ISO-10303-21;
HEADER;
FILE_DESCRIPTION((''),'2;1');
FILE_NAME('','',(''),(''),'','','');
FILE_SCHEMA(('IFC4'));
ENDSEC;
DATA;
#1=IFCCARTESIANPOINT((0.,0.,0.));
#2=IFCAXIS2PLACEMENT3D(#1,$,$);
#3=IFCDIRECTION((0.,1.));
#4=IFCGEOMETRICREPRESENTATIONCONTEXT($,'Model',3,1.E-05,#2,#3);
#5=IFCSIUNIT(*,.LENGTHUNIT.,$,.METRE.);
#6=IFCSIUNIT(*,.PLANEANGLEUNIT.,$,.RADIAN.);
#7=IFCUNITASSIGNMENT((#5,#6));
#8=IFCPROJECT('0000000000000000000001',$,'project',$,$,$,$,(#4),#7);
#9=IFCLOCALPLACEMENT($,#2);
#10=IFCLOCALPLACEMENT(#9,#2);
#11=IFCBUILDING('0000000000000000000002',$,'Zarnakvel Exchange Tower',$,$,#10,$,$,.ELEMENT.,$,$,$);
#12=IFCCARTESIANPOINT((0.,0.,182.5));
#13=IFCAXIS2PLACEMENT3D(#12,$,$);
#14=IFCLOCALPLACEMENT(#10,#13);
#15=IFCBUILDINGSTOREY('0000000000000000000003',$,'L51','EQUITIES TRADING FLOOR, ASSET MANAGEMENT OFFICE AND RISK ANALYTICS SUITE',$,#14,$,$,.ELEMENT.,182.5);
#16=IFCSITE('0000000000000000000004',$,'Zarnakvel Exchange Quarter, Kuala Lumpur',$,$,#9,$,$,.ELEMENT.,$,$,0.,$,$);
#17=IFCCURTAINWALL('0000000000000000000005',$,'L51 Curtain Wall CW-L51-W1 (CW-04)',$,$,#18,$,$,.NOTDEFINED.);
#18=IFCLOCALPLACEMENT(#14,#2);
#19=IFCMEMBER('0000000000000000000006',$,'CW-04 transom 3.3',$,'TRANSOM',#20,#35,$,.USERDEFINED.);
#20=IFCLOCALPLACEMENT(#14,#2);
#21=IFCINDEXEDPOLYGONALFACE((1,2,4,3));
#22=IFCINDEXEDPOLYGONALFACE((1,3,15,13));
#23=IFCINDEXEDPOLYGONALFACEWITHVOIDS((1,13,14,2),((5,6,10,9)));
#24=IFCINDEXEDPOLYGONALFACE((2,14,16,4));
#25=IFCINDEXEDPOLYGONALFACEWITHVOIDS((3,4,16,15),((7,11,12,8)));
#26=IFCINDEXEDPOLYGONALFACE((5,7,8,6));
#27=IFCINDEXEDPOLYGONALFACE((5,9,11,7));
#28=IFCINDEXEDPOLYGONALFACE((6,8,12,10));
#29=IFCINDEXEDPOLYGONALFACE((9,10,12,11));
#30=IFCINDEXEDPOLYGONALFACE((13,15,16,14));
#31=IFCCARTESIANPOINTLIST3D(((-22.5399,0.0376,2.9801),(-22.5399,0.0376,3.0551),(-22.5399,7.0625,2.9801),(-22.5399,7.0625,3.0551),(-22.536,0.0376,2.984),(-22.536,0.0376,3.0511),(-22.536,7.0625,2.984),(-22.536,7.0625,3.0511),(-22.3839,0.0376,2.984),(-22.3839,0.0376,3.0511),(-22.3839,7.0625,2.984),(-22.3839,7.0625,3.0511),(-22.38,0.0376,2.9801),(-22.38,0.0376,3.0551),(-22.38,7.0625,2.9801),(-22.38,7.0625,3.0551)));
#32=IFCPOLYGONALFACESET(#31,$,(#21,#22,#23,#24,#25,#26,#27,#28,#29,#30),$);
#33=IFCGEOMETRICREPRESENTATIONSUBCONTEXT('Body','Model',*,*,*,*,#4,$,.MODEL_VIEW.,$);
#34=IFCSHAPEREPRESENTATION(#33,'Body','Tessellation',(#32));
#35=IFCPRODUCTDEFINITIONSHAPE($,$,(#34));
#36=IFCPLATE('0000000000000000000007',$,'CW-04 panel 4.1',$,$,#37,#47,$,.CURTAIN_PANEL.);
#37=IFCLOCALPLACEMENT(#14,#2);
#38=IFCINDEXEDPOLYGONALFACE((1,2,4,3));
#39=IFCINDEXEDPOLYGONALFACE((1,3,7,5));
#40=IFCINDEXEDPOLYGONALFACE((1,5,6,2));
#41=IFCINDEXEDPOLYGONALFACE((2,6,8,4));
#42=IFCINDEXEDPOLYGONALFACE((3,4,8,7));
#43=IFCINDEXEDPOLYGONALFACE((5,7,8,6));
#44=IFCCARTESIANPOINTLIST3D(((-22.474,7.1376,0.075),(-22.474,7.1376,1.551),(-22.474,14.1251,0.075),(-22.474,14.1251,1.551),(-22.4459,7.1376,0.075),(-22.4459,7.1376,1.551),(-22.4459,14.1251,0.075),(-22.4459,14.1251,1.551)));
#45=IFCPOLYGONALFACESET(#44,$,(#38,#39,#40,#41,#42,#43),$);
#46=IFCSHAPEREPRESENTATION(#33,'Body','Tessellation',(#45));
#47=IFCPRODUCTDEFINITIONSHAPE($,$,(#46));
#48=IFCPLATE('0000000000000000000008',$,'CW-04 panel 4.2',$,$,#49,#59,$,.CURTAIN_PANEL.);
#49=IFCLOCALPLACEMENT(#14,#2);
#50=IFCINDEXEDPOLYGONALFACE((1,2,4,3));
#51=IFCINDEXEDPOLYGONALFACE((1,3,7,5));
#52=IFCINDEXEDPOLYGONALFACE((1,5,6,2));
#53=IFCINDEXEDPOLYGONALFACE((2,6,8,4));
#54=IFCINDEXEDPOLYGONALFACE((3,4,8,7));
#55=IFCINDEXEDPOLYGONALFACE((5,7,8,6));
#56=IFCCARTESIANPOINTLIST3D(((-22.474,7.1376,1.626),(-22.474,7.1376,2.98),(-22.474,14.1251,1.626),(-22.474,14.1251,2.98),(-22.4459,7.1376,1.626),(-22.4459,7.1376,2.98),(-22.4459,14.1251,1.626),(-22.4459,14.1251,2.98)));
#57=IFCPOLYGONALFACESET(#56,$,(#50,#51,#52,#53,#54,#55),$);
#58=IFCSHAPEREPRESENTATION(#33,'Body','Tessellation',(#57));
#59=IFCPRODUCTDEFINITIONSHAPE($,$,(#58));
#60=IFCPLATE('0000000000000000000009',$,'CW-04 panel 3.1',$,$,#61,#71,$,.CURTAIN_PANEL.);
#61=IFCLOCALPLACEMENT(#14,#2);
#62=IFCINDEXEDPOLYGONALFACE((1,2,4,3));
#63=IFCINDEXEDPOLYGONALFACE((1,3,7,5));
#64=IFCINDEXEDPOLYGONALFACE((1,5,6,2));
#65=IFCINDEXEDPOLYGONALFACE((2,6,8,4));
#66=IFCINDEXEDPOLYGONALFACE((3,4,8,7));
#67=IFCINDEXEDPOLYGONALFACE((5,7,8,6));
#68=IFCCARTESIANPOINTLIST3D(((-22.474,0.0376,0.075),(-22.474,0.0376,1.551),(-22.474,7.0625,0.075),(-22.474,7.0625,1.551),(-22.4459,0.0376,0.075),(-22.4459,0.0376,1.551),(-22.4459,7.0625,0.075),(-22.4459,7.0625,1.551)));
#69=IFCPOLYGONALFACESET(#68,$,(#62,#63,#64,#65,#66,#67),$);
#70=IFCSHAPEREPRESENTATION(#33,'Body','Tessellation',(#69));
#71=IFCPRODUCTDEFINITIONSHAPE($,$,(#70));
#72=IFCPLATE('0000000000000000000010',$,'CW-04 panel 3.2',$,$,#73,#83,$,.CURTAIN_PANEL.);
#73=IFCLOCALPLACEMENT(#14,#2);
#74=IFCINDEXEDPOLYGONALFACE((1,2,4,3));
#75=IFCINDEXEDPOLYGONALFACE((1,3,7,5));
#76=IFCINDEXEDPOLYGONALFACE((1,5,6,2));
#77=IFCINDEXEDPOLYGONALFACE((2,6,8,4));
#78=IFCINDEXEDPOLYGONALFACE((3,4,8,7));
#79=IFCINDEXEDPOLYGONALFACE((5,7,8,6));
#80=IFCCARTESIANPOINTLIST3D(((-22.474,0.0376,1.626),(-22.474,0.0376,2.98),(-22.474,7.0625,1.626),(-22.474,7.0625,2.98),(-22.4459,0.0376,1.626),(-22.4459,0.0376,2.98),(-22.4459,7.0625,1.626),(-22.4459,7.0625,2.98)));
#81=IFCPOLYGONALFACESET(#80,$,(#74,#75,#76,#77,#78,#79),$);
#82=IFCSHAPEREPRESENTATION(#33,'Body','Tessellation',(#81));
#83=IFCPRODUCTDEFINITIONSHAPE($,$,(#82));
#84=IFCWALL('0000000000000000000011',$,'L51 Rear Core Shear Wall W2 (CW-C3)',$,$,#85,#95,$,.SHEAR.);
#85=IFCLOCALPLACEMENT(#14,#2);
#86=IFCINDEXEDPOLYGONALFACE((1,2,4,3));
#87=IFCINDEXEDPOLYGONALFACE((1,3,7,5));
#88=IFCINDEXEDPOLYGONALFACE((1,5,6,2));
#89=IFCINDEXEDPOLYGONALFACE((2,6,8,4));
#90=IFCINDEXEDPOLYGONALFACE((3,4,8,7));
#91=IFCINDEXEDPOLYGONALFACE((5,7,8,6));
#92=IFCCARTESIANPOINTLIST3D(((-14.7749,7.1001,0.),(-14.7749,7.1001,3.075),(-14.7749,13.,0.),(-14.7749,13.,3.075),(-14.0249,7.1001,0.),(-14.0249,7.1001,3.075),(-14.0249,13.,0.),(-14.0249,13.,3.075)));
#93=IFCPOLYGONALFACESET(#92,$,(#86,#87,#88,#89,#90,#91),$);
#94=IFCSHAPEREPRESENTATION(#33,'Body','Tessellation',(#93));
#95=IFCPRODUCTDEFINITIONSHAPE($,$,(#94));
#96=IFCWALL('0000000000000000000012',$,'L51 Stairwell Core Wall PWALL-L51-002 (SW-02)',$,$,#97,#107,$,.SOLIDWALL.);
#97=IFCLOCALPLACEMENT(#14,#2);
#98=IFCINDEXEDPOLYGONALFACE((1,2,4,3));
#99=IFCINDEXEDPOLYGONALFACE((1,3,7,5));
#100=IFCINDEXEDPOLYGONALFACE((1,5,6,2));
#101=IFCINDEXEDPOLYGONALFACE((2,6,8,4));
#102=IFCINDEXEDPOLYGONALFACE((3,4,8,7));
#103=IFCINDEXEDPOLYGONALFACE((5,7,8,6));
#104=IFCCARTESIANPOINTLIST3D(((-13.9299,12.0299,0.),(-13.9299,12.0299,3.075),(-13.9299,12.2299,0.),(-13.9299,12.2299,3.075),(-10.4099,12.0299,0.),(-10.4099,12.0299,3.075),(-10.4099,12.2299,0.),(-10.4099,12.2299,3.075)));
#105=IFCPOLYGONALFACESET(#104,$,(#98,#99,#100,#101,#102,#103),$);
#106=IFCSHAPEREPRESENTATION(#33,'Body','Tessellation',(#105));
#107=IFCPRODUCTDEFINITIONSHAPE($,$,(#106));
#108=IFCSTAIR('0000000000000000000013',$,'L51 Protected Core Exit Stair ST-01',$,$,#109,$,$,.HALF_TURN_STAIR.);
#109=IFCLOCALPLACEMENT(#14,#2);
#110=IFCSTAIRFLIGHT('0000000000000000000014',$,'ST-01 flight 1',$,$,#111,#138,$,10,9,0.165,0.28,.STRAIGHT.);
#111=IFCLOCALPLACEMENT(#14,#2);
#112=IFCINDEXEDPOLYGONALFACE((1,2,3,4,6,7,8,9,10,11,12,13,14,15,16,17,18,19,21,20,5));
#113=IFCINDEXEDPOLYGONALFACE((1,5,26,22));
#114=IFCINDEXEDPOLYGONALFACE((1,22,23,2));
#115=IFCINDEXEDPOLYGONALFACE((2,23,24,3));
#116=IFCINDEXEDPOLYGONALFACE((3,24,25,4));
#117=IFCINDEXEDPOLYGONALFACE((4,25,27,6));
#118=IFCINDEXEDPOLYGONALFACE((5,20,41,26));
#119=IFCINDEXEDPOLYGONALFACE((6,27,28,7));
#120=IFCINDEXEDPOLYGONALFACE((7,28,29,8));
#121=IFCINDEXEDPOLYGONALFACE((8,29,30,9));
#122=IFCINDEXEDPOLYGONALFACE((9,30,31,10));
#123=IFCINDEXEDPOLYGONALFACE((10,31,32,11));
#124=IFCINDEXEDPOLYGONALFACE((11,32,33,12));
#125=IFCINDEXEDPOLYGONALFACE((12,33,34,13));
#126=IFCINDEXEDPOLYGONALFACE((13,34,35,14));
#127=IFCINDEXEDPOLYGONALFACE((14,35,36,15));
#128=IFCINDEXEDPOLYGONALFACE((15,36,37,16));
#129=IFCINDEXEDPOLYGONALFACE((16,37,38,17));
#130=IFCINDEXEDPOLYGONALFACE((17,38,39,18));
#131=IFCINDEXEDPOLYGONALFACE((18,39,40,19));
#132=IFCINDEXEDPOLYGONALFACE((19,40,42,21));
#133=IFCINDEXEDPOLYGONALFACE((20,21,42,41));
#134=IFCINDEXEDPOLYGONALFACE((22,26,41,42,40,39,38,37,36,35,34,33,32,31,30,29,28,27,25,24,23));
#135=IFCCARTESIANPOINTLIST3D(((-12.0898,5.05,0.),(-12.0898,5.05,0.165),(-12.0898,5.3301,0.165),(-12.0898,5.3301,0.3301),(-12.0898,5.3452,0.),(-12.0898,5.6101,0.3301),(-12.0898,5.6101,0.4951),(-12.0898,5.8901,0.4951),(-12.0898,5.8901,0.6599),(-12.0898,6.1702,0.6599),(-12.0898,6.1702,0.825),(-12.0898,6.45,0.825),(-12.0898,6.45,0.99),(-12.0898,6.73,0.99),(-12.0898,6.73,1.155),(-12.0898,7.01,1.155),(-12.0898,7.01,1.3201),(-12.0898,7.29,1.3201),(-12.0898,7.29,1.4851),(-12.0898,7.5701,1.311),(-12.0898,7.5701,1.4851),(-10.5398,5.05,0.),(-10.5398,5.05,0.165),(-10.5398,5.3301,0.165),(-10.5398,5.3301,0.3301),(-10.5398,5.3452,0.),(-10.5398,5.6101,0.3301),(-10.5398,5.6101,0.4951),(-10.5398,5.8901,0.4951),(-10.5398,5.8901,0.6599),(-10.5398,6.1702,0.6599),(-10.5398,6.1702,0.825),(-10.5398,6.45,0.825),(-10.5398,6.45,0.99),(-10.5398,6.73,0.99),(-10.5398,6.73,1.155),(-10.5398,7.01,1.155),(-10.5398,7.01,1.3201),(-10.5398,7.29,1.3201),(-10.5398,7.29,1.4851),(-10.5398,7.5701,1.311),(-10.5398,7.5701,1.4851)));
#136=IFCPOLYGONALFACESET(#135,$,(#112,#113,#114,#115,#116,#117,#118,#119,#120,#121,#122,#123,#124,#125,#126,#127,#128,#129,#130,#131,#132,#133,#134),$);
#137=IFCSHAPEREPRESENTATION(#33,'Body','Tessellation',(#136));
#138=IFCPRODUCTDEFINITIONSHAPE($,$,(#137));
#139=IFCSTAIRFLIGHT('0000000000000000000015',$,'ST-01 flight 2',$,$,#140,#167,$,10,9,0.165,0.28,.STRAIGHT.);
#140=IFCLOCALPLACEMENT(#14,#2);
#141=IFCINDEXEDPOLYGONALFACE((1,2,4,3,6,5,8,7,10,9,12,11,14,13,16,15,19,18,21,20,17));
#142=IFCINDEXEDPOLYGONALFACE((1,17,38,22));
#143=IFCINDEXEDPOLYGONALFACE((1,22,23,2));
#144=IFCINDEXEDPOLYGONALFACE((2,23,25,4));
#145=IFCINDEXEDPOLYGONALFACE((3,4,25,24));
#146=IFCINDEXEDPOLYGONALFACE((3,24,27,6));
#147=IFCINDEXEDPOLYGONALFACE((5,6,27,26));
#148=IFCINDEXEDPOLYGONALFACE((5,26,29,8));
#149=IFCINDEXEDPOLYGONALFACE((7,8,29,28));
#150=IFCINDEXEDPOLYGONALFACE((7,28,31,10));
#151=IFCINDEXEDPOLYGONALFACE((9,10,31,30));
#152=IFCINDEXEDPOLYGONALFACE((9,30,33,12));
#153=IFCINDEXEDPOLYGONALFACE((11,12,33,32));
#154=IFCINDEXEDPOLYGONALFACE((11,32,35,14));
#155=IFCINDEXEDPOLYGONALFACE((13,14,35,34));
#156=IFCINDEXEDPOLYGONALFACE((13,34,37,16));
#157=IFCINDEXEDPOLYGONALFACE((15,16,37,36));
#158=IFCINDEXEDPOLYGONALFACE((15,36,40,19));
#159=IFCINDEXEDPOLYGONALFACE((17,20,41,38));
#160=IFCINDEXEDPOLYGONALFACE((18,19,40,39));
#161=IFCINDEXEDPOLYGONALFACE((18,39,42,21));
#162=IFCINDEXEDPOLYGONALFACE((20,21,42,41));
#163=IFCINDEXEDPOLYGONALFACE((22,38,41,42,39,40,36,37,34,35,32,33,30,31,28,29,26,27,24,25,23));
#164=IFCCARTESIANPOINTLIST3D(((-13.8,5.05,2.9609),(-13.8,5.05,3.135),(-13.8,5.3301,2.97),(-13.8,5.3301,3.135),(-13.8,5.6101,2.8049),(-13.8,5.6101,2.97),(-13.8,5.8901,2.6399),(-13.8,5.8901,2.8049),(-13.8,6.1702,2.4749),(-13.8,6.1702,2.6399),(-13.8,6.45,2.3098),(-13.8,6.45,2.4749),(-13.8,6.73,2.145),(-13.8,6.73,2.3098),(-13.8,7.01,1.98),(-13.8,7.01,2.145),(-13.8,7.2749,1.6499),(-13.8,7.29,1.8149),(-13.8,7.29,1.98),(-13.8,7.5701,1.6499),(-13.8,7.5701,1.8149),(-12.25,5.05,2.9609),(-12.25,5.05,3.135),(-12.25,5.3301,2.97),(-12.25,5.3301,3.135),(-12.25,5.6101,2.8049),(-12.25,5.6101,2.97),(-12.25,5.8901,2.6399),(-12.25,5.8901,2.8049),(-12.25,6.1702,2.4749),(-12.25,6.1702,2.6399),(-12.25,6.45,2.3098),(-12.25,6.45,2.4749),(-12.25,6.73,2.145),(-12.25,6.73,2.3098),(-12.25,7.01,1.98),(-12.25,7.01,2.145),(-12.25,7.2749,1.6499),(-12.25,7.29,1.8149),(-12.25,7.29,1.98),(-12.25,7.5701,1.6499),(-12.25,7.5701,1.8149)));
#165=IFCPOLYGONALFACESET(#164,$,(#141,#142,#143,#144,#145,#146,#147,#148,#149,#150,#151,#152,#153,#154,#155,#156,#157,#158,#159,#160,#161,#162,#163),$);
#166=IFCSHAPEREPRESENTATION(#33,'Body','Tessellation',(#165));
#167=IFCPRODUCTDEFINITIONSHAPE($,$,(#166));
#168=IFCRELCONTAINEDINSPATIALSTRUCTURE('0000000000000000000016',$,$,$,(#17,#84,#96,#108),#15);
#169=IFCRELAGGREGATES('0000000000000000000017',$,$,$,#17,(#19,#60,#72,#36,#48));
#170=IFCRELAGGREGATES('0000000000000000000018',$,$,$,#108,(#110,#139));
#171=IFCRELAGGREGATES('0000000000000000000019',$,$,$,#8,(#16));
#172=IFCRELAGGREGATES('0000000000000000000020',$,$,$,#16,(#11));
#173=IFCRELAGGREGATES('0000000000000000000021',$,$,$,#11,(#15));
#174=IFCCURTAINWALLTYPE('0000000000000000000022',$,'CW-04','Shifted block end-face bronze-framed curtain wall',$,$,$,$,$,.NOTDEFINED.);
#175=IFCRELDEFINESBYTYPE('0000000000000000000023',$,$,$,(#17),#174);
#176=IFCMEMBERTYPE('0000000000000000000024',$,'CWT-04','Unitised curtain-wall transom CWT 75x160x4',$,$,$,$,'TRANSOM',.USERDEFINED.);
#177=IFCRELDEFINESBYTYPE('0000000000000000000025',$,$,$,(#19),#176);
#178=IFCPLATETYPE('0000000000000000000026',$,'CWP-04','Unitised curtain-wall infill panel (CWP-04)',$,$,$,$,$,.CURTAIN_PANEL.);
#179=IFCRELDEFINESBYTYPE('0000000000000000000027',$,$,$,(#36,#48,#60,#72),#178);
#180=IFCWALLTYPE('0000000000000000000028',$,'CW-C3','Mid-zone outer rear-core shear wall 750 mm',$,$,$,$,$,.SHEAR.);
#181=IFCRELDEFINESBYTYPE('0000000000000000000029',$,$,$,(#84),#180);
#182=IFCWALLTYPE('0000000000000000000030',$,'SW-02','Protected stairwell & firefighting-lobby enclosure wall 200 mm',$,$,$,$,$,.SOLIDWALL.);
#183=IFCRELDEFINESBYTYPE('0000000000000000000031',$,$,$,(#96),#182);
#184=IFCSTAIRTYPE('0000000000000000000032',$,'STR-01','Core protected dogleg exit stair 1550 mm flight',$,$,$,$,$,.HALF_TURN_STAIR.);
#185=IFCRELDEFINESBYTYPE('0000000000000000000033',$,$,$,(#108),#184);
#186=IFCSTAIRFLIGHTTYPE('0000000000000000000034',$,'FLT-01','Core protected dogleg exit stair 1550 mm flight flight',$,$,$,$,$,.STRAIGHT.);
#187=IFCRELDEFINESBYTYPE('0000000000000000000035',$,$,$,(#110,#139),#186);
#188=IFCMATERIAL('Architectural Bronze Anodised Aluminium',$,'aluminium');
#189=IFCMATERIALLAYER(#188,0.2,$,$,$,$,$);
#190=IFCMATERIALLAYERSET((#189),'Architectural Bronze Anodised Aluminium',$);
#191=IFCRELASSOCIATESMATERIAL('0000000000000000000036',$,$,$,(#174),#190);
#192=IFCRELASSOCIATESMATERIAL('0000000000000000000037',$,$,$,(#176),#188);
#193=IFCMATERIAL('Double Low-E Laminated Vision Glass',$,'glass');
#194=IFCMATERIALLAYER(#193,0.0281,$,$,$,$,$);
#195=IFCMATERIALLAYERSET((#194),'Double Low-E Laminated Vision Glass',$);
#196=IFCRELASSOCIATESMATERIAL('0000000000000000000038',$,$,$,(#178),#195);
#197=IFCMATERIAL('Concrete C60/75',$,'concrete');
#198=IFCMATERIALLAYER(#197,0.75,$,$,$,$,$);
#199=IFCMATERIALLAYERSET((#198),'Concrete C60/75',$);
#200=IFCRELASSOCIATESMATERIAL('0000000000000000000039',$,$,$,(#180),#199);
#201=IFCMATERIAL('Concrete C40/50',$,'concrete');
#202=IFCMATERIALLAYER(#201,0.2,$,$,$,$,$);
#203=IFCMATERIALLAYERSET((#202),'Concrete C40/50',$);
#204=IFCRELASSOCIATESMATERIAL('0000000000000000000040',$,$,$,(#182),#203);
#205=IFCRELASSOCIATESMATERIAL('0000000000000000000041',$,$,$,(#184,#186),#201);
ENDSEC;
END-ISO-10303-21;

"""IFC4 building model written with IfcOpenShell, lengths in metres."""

from ifc_helpers import new_model, si_unit, direction, frame, frame_2d, origin, origin_2d, place, context, subcontext, project, spatial, polyline, rectangle, hollow_rectangle, outline, extrude, source, transform, mapped, material, layer, layer_set, material_profile, profile_set, type_object, element, aggregate, save


model = new_model("IFC4")

# Units and contexts
model_context = context("Model", 3, precision=1e-05, world=origin(), true_north=direction((0.0, 1.0)))
body_context = subcontext(model_context, "Body", "Model", "MODEL_VIEW")
ifc_project = project(units=[si_unit("LENGTHUNIT", "METRE"), si_unit("PLANEANGLEUNIT", "RADIAN")], contexts=[model_context])

# Site, building, storey
site_placement = place(None, origin())
site = spatial("IfcSite", under=ifc_project, at=site_placement, Name="Zarnakvel Exchange Quarter, Kuala Lumpur", CompositionType="ELEMENT", RefElevation=0.0)
building_placement = place(site_placement, origin())
building = spatial("IfcBuilding", under=site, at=building_placement, Name="Zarnakvel Exchange Tower", CompositionType="ELEMENT")
storey_placement = place(building_placement, frame((0.0, 0.0, 182.5)))
storey = spatial("IfcBuildingStorey", under=building, at=storey_placement, Name="L51", Description="EQUITIES TRADING FLOOR, ASSET MANAGEMENT OFFICE AND RISK ANALYTICS SUITE", CompositionType="ELEMENT", Elevation=182.5)

# Shared definitions
ifc_material_1 = material(Name="Concrete C60/75", Category="concrete")

# Curtain wall, member, plates
ifc_material_2 = material(Name="Architectural Bronze Anodised Aluminium", Category="aluminium")
ifc_layer_1 = layer(ifc_material_2, 0.2)
ifc_layer_set_1 = layer_set([ifc_layer_1], Name="Architectural Bronze Anodised Aluminium")
curtain_wall_type = type_object("IfcCurtainWallType", Name="CW-04", Description="Shifted block end-face bronze-framed curtain wall", PredefinedType="NOTDEFINED", material=ifc_layer_set_1)
curtain_wall_placement = place(storey_placement, origin())
curtain_wall = element("IfcCurtainWall", 1, at=curtain_wall_placement, inside=storey, type_object=curtain_wall_type, Name="L51 Curtain Wall CW-L51-W1 (CW-04)", PredefinedType="NOTDEFINED")
ifc_material_profile_1 = material_profile(ifc_material_2, hollow_rectangle(XDim=0.1599, YDim=0.075, WallThickness=0.0039, at=origin_2d()))
ifc_profile_set_1 = profile_set([ifc_material_profile_1], Name="Architectural Bronze Anodised Aluminium")
member_type_1 = type_object("IfcMemberType", Name="CWT-04", Description="Unitised curtain-wall transom CWT 75x160x4", ElementType="TRANSOM", PredefinedType="USERDEFINED", material=ifc_profile_set_1)
shared_shape_1 = source(origin(), body_context, "Body", "SweptSolid", [
    extrude(hollow_rectangle(XDim=0.1599, YDim=0.075, WallThickness=0.0039, at=origin_2d()), origin(), (0.0, 0.0, 1.0), 7.0249),
])
member_1_placement = place(storey_placement, frame((-22.46, 0.0376, 3.0176), z_axis=(0.0, 1.0, 0.0), x_axis=(-1.0, 0.0, 0.0)))
member_1 = element("IfcMember", 2, at=member_1_placement, type_object=member_type_1, Name="CW-04 transom 3.3", ObjectType="TRANSOM", PredefinedType="USERDEFINED", context=body_context, shape_type="MappedRepresentation", body=[
    mapped(shared_shape_1, transform((0.0, 0.0, 0.0), x_axis=(1.0, 0.0, 0.0), y_axis=(0.0, 1.0, 0.0), z_axis=(0.0, 0.0, 1.0), scale=1.0)),
])
ifc_material_3 = material(Name="Double Low-E Laminated Vision Glass", Category="glass")
ifc_layer_2 = layer(ifc_material_3, 0.0281)
ifc_layer_set_2 = layer_set([ifc_layer_2], Name="Double Low-E Laminated Vision Glass")
plate_type = type_object("IfcPlateType", Name="CWP-04", Description="Unitised curtain-wall infill panel (CWP-04)", PredefinedType="CURTAIN_PANEL", material=ifc_layer_set_2)
shared_shape_2 = source(origin(), body_context, "Body", "SweptSolid", [
    extrude(rectangle(XDim=6.9875, YDim=0.0281, at=origin_2d()), origin(), (0.0, 0.0, 1.0), 1.4761),
])
plate_1_placement = place(storey_placement, frame((-22.46, 10.6313, 0.075), z_axis=(0.0, 0.0, 1.0), x_axis=(0.0, 1.0, 0.0)))
plate_1 = element("IfcPlate", 3, at=plate_1_placement, type_object=plate_type, Name="CW-04 panel 4.1", PredefinedType="CURTAIN_PANEL", context=body_context, shape_type="MappedRepresentation", body=[
    mapped(shared_shape_2, transform((0.0, 0.0, 0.0), x_axis=(1.0, 0.0, 0.0), y_axis=(0.0, 1.0, 0.0), z_axis=(0.0, 0.0, 1.0), scale=1.0)),
])
shared_shape_3 = source(origin(), body_context, "Body", "SweptSolid", [
    extrude(rectangle(XDim=6.9875, YDim=0.0281, at=origin_2d()), origin(), (0.0, 0.0, 1.0), 1.354),
])
plate_2_placement = place(storey_placement, frame((-22.46, 10.6313, 1.626), z_axis=(0.0, 0.0, 1.0), x_axis=(0.0, 1.0, 0.0)))
plate_2 = element("IfcPlate", 4, at=plate_2_placement, type_object=plate_type, Name="CW-04 panel 4.2", PredefinedType="CURTAIN_PANEL", context=body_context, shape_type="MappedRepresentation", body=[
    mapped(shared_shape_3, transform((0.0, 0.0, 0.0), x_axis=(1.0, 0.0, 0.0), y_axis=(0.0, 1.0, 0.0), z_axis=(0.0, 0.0, 1.0), scale=1.0)),
])
shared_shape_4 = source(origin(), body_context, "Body", "SweptSolid", [
    extrude(rectangle(XDim=7.0249, YDim=0.0281, at=origin_2d()), origin(), (0.0, 0.0, 1.0), 1.4761),
])
plate_3_placement = place(storey_placement, frame((-22.46, 3.55, 0.075), z_axis=(0.0, 0.0, 1.0), x_axis=(0.0, 1.0, 0.0)))
plate_3 = element("IfcPlate", 5, at=plate_3_placement, type_object=plate_type, Name="CW-04 panel 3.1", PredefinedType="CURTAIN_PANEL", context=body_context, shape_type="MappedRepresentation", body=[
    mapped(shared_shape_4, transform((0.0, 0.0, 0.0), x_axis=(1.0, 0.0, 0.0), y_axis=(0.0, 1.0, 0.0), z_axis=(0.0, 0.0, 1.0), scale=1.0)),
])
shared_shape_5 = source(origin(), body_context, "Body", "SweptSolid", [
    extrude(rectangle(XDim=7.0249, YDim=0.0281, at=origin_2d()), origin(), (0.0, 0.0, 1.0), 1.354),
])
plate_4_placement = place(storey_placement, frame((-22.46, 3.55, 1.626), z_axis=(0.0, 0.0, 1.0), x_axis=(0.0, 1.0, 0.0)))
plate_4 = element("IfcPlate", 6, at=plate_4_placement, type_object=plate_type, Name="CW-04 panel 3.2", PredefinedType="CURTAIN_PANEL", context=body_context, shape_type="MappedRepresentation", body=[
    mapped(shared_shape_5, transform((0.0, 0.0, 0.0), x_axis=(1.0, 0.0, 0.0), y_axis=(0.0, 1.0, 0.0), z_axis=(0.0, 0.0, 1.0), scale=1.0)),
])
aggregate(curtain_wall, [member_1, plate_3, plate_4, plate_1, plate_2])

# Walls
ifc_layer_3 = layer(ifc_material_1, 0.75)
ifc_layer_set_3 = layer_set([ifc_layer_3], Name="Concrete C60/75")
wall_type_1 = type_object("IfcWallType", Name="CW-C3", Description="Mid-zone outer rear-core shear wall 750 mm", PredefinedType="SHEAR", material=ifc_layer_set_3)
wall_1_placement = place(storey_placement, frame((-14.3999, 7.1001, 0.0), z_axis=(0.0, 0.0, 1.0), x_axis=(0.0, 1.0, 0.0)))
element("IfcWall", 7, at=wall_1_placement, inside=storey, type_object=wall_type_1, Name="L51 Rear Core Shear Wall W2 (CW-C3)", PredefinedType="SHEAR", context=body_context, shape_type="SweptSolid", body=[
    extrude(rectangle(XDim=5.8999, YDim=0.75, at=frame_2d((2.95, 0.0))), origin(), (0.0, 0.0, 1.0), 3.075),
])
ifc_material_4 = material(Name="Concrete C40/50", Category="concrete")
ifc_layer_4 = layer(ifc_material_4, 0.2)
ifc_layer_set_4 = layer_set([ifc_layer_4], Name="Concrete C40/50")
wall_type_2 = type_object("IfcWallType", Name="SW-02", Description="Protected stairwell & firefighting-lobby enclosure wall 200 mm", PredefinedType="SOLIDWALL", material=ifc_layer_set_4)
wall_2_placement = place(storey_placement, frame((-13.9299, 12.1299, 0.0), z_axis=(0.0, 0.0, 1.0), x_axis=(1.0, 0.0, 0.0)))
element("IfcWall", 8, at=wall_2_placement, inside=storey, type_object=wall_type_2, Name="L51 Stairwell Core Wall PWALL-L51-002 (SW-02)", PredefinedType="SOLIDWALL", context=body_context, shape_type="SweptSolid", body=[
    extrude(rectangle(XDim=3.52, YDim=0.2, at=frame_2d((1.76, 0.0))), origin(), (0.0, 0.0, 1.0), 3.075),
])

# Stair, stair flights
stair_type = type_object("IfcStairType", Name="STR-01", Description="Core protected dogleg exit stair 1550 mm flight", PredefinedType="HALF_TURN_STAIR", material=ifc_material_4)
stair_placement = place(storey_placement, origin())
stair = element("IfcStair", 9, at=stair_placement, inside=storey, type_object=stair_type, Name="L51 Protected Core Exit Stair ST-01", PredefinedType="HALF_TURN_STAIR")
stair_flight_type = type_object("IfcStairFlightType", Name="FLT-01", Description="Core protected dogleg exit stair 1550 mm flight flight", PredefinedType="STRAIGHT", material=ifc_material_4)
stair_flight_1_placement = place(storey_placement, frame((-11.3149, 5.05, 0.0), z_axis=(0.0, 0.0, 1.0), x_axis=(0.0, 1.0, 0.0)))
stair_flight_1 = element("IfcStairFlight", 10, at=stair_flight_1_placement, type_object=stair_flight_type, Name="ST-01 flight 1", NumberOfRisers=10, NumberOfTreads=9, PredefinedType="STRAIGHT", RiserHeight=0.165, TreadLength=0.28, context=body_context, shape_type="SweptSolid", body=[
    extrude(outline(polyline([(0.0, 0.0), (0.0, 0.165), (0.28, 0.165), (0.28, 0.3301), (0.5601, 0.3301), (0.5601, 0.4951), (0.8401, 0.4951), (0.8401, 0.6599), (1.1201, 0.6599), (1.1201, 0.825), (1.3999, 0.825), (1.3999, 0.99), (1.6799, 0.99), (1.6799, 1.155), (1.96, 1.155), (1.96, 1.3201), (2.24, 1.3201), (2.24, 1.4851), (2.52, 1.4851), (2.52, 1.6499), (2.52, 1.311), (0.2952, 0.0), (0.0, 0.0)])), frame((0.0, 0.7749, 0.0), z_axis=(0.0, -1.0, 0.0), x_axis=(1.0, 0.0, 0.0)), (0.0, 0.0, 1.0), 1.55),
])
stair_flight_2_placement = place(storey_placement, frame((-13.0249, 7.5701, 1.6499), z_axis=(0.0, 0.0, 1.0), x_axis=(0.0, -1.0, 0.0)))
stair_flight_2 = element("IfcStairFlight", 11, at=stair_flight_2_placement, type_object=stair_flight_type, Name="ST-01 flight 2", NumberOfRisers=10, NumberOfTreads=9, PredefinedType="STRAIGHT", RiserHeight=0.165, TreadLength=0.28, context=body_context, shape_type="SweptSolid", body=[
    extrude(outline(polyline([(0.0, 0.0), (0.0, 0.165), (0.28, 0.165), (0.28, 0.3301), (0.5601, 0.3301), (0.5601, 0.4951), (0.8401, 0.4951), (0.8401, 0.6599), (1.1201, 0.6599), (1.1201, 0.825), (1.3999, 0.825), (1.3999, 0.99), (1.6799, 0.99), (1.6799, 1.155), (1.96, 1.155), (1.96, 1.3201), (2.24, 1.3201), (2.24, 1.4851), (2.52, 1.4851), (2.52, 1.6499), (2.52, 1.311), (0.2952, 0.0), (0.0, 0.0)])), frame((0.0, 0.7749, 0.0), z_axis=(0.0, -1.0, 0.0), x_axis=(1.0, 0.0, 0.0)), (0.0, 0.0, 1.0), 1.55),
])
aggregate(stair, [stair_flight_1, stair_flight_2])

save(model, "model.ifc")
